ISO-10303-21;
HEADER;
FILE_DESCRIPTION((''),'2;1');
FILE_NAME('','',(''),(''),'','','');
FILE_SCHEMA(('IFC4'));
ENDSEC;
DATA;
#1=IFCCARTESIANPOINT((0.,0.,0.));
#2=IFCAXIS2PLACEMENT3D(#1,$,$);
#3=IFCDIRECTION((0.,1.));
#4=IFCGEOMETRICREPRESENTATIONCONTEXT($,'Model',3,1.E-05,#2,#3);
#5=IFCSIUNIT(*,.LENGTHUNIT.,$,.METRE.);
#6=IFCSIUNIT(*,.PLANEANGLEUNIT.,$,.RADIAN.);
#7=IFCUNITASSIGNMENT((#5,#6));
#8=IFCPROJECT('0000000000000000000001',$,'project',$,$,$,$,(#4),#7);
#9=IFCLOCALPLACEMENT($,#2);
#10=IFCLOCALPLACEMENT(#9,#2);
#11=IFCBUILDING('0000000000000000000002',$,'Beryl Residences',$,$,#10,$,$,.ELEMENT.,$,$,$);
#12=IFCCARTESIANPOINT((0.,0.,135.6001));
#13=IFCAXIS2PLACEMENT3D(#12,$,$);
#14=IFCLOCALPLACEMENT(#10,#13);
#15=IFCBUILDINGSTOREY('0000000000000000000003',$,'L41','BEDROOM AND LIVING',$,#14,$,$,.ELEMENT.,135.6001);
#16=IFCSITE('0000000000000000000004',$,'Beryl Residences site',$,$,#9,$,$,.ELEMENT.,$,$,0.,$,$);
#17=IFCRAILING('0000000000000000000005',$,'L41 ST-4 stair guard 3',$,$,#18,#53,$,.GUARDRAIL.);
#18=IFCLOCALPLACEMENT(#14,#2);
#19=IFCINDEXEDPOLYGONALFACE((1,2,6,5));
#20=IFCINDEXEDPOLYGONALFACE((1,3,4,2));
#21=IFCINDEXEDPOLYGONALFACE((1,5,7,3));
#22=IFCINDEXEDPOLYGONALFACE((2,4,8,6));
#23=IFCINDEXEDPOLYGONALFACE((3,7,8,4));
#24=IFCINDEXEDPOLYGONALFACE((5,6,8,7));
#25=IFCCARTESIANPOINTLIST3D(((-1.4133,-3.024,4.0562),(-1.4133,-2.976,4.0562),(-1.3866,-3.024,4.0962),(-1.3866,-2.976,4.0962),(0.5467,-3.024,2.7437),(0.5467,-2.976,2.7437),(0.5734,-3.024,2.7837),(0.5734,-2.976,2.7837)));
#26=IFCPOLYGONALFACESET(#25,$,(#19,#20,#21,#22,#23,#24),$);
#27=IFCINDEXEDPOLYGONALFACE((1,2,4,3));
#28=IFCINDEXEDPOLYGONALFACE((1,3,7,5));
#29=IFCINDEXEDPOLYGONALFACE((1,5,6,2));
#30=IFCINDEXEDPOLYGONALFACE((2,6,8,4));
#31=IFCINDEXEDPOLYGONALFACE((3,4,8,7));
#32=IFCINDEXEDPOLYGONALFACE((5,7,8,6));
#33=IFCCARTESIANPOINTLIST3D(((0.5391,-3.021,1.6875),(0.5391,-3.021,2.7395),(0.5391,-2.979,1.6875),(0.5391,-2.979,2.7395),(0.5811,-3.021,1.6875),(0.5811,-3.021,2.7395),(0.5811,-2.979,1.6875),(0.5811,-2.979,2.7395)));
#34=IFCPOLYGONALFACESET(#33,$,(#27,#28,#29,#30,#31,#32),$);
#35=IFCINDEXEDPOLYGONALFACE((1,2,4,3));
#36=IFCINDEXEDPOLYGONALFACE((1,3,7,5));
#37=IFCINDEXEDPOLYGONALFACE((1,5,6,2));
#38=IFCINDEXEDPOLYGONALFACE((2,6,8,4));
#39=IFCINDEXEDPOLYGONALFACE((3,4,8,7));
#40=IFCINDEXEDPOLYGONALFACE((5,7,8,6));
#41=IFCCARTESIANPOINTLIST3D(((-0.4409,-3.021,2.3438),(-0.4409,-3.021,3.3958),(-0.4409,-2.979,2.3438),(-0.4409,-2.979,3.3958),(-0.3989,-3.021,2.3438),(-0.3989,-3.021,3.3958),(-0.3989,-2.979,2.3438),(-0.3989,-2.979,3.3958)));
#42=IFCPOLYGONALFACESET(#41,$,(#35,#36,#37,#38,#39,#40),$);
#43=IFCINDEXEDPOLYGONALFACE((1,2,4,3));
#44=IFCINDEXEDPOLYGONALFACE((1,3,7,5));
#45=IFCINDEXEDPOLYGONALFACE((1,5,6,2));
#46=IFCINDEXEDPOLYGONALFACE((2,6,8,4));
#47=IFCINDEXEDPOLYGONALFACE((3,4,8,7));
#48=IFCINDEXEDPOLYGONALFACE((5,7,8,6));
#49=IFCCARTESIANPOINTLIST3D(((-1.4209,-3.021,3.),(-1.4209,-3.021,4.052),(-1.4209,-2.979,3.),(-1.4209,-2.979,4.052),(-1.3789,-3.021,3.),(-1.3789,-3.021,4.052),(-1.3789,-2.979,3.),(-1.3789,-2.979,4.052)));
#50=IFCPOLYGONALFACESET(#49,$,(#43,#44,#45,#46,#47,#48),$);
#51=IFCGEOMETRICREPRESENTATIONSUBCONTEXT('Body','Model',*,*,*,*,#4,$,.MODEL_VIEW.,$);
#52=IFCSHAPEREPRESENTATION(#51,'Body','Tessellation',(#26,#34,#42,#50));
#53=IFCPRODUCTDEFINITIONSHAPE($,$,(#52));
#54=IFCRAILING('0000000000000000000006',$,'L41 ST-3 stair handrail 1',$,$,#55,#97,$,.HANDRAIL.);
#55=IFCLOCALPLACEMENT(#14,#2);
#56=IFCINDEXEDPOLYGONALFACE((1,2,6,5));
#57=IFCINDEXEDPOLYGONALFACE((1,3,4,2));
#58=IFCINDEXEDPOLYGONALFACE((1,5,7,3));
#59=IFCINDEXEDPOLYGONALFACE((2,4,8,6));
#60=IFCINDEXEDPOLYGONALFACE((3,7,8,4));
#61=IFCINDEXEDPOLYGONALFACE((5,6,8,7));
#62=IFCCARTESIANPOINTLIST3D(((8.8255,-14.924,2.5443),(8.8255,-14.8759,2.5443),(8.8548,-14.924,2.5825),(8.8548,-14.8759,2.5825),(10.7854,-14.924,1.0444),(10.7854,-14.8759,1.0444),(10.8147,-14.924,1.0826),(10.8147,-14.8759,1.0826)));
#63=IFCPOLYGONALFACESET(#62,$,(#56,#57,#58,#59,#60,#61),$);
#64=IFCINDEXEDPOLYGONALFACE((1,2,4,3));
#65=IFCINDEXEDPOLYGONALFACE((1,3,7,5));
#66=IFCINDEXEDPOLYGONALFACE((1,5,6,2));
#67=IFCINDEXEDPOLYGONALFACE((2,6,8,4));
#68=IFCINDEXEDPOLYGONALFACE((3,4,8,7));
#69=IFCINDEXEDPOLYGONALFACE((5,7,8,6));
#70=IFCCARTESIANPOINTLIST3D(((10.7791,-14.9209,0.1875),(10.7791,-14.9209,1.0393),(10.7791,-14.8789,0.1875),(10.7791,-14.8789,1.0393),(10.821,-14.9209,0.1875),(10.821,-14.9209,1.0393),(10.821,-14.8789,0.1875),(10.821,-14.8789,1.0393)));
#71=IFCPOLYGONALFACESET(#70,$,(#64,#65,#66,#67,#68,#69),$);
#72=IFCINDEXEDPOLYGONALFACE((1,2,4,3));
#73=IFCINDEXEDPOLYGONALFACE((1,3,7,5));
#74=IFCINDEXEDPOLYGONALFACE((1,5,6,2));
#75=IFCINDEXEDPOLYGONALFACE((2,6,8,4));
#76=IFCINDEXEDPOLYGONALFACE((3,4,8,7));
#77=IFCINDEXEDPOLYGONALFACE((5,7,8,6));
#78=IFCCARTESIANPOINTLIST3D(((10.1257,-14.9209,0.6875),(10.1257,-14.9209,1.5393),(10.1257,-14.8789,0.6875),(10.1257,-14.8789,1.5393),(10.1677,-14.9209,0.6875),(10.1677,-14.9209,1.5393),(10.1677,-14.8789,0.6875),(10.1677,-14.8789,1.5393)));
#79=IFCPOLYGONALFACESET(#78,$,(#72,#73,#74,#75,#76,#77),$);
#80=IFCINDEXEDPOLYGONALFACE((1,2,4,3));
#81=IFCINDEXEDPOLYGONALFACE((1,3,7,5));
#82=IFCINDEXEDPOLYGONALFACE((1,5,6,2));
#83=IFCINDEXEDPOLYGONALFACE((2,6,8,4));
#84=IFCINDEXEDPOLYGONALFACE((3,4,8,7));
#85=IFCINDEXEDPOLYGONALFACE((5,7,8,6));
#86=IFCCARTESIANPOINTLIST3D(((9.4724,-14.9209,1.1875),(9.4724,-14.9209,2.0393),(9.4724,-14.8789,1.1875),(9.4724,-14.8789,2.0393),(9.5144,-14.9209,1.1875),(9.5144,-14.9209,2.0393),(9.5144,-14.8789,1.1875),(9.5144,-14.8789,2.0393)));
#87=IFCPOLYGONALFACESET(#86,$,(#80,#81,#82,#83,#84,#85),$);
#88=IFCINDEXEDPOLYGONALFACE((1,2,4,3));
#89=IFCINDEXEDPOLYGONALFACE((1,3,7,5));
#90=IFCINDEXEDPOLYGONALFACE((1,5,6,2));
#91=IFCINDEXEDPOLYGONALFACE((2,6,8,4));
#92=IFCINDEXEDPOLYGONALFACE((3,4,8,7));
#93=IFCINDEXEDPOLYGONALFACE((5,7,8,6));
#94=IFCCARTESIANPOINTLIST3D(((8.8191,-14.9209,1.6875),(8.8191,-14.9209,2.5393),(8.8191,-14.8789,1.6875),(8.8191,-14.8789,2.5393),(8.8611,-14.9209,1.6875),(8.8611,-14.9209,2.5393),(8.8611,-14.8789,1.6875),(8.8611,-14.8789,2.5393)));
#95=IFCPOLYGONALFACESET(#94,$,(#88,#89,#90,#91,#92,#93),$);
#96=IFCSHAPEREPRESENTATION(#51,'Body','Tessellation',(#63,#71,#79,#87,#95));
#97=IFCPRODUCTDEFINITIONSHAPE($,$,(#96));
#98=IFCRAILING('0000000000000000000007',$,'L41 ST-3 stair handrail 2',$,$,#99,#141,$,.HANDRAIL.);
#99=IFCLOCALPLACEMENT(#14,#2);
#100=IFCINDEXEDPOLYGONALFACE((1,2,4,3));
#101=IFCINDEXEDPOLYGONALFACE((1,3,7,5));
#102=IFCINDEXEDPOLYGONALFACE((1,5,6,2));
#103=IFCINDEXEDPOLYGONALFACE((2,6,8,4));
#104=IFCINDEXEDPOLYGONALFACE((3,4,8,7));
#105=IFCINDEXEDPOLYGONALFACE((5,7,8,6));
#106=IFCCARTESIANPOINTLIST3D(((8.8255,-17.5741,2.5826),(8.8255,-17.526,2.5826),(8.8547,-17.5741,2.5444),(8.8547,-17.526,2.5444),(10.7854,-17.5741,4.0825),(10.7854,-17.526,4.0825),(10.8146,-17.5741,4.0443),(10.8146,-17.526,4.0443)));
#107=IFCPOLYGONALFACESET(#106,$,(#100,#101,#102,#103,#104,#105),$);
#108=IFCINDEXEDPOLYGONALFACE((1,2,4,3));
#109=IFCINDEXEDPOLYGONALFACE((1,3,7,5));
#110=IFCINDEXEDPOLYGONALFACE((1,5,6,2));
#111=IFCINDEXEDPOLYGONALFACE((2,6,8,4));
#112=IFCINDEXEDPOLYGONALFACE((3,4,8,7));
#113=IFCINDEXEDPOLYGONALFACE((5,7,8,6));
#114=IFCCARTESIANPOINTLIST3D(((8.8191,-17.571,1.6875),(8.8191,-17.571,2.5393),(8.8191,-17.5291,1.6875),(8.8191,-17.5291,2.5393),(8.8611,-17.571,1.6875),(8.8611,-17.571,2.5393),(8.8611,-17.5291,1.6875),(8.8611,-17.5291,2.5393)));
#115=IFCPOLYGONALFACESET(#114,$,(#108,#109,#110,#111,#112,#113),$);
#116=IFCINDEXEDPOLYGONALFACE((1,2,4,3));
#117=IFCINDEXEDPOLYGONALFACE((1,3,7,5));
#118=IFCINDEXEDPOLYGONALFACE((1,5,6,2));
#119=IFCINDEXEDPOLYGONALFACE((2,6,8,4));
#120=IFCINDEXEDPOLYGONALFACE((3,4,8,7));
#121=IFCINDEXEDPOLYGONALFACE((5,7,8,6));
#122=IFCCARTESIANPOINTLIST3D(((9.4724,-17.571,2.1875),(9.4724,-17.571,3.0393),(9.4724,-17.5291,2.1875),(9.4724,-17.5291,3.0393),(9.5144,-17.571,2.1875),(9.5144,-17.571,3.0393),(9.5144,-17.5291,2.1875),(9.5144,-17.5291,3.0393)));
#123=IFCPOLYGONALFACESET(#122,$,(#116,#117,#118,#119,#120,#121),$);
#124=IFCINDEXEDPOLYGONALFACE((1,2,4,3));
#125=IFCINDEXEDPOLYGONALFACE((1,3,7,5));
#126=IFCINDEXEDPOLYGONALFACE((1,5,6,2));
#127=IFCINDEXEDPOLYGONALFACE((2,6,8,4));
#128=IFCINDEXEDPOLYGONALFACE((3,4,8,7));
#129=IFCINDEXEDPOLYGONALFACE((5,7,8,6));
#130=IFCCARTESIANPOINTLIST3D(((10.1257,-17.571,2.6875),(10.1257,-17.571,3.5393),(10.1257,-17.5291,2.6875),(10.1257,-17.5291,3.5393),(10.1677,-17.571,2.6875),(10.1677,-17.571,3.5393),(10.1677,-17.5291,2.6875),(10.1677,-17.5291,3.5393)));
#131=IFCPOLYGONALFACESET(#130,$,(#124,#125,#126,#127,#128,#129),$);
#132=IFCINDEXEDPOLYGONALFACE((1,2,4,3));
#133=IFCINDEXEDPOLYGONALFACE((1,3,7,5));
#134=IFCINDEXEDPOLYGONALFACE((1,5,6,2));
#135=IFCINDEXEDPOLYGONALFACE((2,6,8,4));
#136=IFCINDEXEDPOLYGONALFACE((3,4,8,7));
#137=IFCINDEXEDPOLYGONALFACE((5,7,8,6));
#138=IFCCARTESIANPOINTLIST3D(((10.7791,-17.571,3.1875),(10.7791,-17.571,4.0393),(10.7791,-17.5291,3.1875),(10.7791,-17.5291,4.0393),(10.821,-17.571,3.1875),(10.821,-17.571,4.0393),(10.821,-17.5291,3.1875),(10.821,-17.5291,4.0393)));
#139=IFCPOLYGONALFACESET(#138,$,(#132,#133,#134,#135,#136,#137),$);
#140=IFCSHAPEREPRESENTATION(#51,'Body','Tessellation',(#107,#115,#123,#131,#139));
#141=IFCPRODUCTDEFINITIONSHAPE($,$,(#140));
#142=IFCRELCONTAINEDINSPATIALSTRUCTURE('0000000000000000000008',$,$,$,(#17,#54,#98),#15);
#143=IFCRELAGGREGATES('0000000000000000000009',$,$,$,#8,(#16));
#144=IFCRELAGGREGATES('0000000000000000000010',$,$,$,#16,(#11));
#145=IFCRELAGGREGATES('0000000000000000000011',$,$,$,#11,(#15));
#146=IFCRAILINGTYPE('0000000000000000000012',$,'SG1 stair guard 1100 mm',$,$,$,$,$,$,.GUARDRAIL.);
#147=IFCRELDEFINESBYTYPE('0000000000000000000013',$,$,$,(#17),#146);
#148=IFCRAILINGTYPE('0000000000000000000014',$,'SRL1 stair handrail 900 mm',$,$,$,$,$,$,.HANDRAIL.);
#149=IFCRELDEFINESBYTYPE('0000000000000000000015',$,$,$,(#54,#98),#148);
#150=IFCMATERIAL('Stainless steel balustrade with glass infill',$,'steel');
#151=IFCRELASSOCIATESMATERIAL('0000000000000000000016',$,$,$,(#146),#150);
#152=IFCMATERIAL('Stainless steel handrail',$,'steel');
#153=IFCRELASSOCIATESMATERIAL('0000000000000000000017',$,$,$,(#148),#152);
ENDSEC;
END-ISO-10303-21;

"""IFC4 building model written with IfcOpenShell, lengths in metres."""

from ifc_helpers import new_model, si_unit, direction, frame, origin, origin_2d, place, context, subcontext, project, spatial, rectangle, extrude, material, type_object, element, save


model = new_model("IFC4")

# Units and contexts
model_context = context("Model", 3, precision=1e-05, world=origin(), true_north=direction((0.0, 1.0)))
body_context = subcontext(model_context, "Body", "Model", "MODEL_VIEW")
ifc_project = project(units=[si_unit("LENGTHUNIT", "METRE"), si_unit("PLANEANGLEUNIT", "RADIAN")], contexts=[model_context])

# Site, building, storey
site_placement = place(None, origin())
site = spatial("IfcSite", under=ifc_project, at=site_placement, Name="Beryl Residences site", CompositionType="ELEMENT", RefElevation=0.0)
building_placement = place(site_placement, origin())
building = spatial("IfcBuilding", under=site, at=building_placement, Name="Beryl Residences", CompositionType="ELEMENT")
storey_placement = place(building_placement, frame((0.0, 0.0, 135.6001)))
storey = spatial("IfcBuildingStorey", under=building, at=storey_placement, Name="L41", Description="BEDROOM AND LIVING", CompositionType="ELEMENT", Elevation=135.6001)

# Railings
ifc_material_1 = material(Name="Stainless steel balustrade with glass infill", Category="steel")
railing_type_1 = type_object("IfcRailingType", Name="SG1 stair guard 1100 mm", PredefinedType="GUARDRAIL", material=ifc_material_1)
railing_1_placement = place(storey_placement, frame((0.5601, -3.0, 1.6875)))
element("IfcRailing", 1, at=railing_1_placement, inside=storey, type_object=railing_type_1, Name="L41 ST-4 stair guard 3", PredefinedType="GUARDRAIL", context=body_context, shape_type="SweptSolid", body=[
    extrude(rectangle(XDim=0.0481, YDim=0.0481, at=origin_2d()), frame((0.0, 0.0, 1.0762), z_axis=(-0.830902, 0.0, 0.556419), x_axis=(0.0, -1.0, 0.0)), (0.0, 0.0, 1.0), 2.3589),
    extrude(rectangle(XDim=0.042, YDim=0.042, at=origin_2d()), origin(), (0.0, 0.0, 1.0), 1.052),
    extrude(rectangle(XDim=0.042, YDim=0.042, at=origin_2d()), frame((-0.98, 0.0, 0.6562)), (0.0, 0.0, 1.0), 1.052),
    extrude(rectangle(XDim=0.042, YDim=0.042, at=origin_2d()), frame((-1.96, 0.0, 1.3125)), (0.0, 0.0, 1.0), 1.052),
])
ifc_material_2 = material(Name="Stainless steel handrail", Category="steel")
railing_type_2 = type_object("IfcRailingType", Name="SRL1 stair handrail 900 mm", PredefinedType="HANDRAIL", material=ifc_material_2)
railing_2_placement = place(storey_placement, frame((10.8, -14.8999, 0.1875)))
element("IfcRailing", 2, at=railing_2_placement, inside=storey, type_object=railing_type_2, Name="L41 ST-3 stair handrail 1", PredefinedType="HANDRAIL", context=body_context, shape_type="SweptSolid", body=[
    extrude(rectangle(XDim=0.0481, YDim=0.0481, at=origin_2d()), frame((0.0, 0.0, 0.876), z_axis=(-0.794122, 0.0, 0.607758), x_axis=(0.0, -1.0, 0.0)), (0.0, 0.0, 1.0), 2.468),
    extrude(rectangle(XDim=0.042, YDim=0.042, at=origin_2d()), origin(), (0.0, 0.0, 1.0), 0.8518),
    extrude(rectangle(XDim=0.042, YDim=0.042, at=origin_2d()), frame((-0.6533, 0.0, 0.5)), (0.0, 0.0, 1.0), 0.8518),
    extrude(rectangle(XDim=0.042, YDim=0.042, at=origin_2d()), frame((-1.3066, 0.0, 1.0)), (0.0, 0.0, 1.0), 0.8518),
    extrude(rectangle(XDim=0.042, YDim=0.042, at=origin_2d()), frame((-1.96, 0.0, 1.5)), (0.0, 0.0, 1.0), 0.8518),
])
railing_3_placement = place(storey_placement, frame((8.8401, -17.55, 1.6875)))
element("IfcRailing", 3, at=railing_3_placement, inside=storey, type_object=railing_type_2, Name="L41 ST-3 stair handrail 2", PredefinedType="HANDRAIL", context=body_context, shape_type="SweptSolid", body=[
    extrude(rectangle(XDim=0.0481, YDim=0.0481, at=origin_2d()), frame((0.0, 0.0, 0.876), z_axis=(0.794122, 0.0, 0.607758), x_axis=(0.0, 1.0, 0.0)), (0.0, 0.0, 1.0), 2.468),
    extrude(rectangle(XDim=0.042, YDim=0.042, at=origin_2d()), origin(), (0.0, 0.0, 1.0), 0.8518),
    extrude(rectangle(XDim=0.042, YDim=0.042, at=origin_2d()), frame((0.6533, 0.0, 0.5)), (0.0, 0.0, 1.0), 0.8518),
    extrude(rectangle(XDim=0.042, YDim=0.042, at=origin_2d()), frame((1.3066, 0.0, 1.0)), (0.0, 0.0, 1.0), 0.8518),
    extrude(rectangle(XDim=0.042, YDim=0.042, at=origin_2d()), frame((1.96, 0.0, 1.5)), (0.0, 0.0, 1.0), 0.8518),
])

save(model, "model.ifc")
